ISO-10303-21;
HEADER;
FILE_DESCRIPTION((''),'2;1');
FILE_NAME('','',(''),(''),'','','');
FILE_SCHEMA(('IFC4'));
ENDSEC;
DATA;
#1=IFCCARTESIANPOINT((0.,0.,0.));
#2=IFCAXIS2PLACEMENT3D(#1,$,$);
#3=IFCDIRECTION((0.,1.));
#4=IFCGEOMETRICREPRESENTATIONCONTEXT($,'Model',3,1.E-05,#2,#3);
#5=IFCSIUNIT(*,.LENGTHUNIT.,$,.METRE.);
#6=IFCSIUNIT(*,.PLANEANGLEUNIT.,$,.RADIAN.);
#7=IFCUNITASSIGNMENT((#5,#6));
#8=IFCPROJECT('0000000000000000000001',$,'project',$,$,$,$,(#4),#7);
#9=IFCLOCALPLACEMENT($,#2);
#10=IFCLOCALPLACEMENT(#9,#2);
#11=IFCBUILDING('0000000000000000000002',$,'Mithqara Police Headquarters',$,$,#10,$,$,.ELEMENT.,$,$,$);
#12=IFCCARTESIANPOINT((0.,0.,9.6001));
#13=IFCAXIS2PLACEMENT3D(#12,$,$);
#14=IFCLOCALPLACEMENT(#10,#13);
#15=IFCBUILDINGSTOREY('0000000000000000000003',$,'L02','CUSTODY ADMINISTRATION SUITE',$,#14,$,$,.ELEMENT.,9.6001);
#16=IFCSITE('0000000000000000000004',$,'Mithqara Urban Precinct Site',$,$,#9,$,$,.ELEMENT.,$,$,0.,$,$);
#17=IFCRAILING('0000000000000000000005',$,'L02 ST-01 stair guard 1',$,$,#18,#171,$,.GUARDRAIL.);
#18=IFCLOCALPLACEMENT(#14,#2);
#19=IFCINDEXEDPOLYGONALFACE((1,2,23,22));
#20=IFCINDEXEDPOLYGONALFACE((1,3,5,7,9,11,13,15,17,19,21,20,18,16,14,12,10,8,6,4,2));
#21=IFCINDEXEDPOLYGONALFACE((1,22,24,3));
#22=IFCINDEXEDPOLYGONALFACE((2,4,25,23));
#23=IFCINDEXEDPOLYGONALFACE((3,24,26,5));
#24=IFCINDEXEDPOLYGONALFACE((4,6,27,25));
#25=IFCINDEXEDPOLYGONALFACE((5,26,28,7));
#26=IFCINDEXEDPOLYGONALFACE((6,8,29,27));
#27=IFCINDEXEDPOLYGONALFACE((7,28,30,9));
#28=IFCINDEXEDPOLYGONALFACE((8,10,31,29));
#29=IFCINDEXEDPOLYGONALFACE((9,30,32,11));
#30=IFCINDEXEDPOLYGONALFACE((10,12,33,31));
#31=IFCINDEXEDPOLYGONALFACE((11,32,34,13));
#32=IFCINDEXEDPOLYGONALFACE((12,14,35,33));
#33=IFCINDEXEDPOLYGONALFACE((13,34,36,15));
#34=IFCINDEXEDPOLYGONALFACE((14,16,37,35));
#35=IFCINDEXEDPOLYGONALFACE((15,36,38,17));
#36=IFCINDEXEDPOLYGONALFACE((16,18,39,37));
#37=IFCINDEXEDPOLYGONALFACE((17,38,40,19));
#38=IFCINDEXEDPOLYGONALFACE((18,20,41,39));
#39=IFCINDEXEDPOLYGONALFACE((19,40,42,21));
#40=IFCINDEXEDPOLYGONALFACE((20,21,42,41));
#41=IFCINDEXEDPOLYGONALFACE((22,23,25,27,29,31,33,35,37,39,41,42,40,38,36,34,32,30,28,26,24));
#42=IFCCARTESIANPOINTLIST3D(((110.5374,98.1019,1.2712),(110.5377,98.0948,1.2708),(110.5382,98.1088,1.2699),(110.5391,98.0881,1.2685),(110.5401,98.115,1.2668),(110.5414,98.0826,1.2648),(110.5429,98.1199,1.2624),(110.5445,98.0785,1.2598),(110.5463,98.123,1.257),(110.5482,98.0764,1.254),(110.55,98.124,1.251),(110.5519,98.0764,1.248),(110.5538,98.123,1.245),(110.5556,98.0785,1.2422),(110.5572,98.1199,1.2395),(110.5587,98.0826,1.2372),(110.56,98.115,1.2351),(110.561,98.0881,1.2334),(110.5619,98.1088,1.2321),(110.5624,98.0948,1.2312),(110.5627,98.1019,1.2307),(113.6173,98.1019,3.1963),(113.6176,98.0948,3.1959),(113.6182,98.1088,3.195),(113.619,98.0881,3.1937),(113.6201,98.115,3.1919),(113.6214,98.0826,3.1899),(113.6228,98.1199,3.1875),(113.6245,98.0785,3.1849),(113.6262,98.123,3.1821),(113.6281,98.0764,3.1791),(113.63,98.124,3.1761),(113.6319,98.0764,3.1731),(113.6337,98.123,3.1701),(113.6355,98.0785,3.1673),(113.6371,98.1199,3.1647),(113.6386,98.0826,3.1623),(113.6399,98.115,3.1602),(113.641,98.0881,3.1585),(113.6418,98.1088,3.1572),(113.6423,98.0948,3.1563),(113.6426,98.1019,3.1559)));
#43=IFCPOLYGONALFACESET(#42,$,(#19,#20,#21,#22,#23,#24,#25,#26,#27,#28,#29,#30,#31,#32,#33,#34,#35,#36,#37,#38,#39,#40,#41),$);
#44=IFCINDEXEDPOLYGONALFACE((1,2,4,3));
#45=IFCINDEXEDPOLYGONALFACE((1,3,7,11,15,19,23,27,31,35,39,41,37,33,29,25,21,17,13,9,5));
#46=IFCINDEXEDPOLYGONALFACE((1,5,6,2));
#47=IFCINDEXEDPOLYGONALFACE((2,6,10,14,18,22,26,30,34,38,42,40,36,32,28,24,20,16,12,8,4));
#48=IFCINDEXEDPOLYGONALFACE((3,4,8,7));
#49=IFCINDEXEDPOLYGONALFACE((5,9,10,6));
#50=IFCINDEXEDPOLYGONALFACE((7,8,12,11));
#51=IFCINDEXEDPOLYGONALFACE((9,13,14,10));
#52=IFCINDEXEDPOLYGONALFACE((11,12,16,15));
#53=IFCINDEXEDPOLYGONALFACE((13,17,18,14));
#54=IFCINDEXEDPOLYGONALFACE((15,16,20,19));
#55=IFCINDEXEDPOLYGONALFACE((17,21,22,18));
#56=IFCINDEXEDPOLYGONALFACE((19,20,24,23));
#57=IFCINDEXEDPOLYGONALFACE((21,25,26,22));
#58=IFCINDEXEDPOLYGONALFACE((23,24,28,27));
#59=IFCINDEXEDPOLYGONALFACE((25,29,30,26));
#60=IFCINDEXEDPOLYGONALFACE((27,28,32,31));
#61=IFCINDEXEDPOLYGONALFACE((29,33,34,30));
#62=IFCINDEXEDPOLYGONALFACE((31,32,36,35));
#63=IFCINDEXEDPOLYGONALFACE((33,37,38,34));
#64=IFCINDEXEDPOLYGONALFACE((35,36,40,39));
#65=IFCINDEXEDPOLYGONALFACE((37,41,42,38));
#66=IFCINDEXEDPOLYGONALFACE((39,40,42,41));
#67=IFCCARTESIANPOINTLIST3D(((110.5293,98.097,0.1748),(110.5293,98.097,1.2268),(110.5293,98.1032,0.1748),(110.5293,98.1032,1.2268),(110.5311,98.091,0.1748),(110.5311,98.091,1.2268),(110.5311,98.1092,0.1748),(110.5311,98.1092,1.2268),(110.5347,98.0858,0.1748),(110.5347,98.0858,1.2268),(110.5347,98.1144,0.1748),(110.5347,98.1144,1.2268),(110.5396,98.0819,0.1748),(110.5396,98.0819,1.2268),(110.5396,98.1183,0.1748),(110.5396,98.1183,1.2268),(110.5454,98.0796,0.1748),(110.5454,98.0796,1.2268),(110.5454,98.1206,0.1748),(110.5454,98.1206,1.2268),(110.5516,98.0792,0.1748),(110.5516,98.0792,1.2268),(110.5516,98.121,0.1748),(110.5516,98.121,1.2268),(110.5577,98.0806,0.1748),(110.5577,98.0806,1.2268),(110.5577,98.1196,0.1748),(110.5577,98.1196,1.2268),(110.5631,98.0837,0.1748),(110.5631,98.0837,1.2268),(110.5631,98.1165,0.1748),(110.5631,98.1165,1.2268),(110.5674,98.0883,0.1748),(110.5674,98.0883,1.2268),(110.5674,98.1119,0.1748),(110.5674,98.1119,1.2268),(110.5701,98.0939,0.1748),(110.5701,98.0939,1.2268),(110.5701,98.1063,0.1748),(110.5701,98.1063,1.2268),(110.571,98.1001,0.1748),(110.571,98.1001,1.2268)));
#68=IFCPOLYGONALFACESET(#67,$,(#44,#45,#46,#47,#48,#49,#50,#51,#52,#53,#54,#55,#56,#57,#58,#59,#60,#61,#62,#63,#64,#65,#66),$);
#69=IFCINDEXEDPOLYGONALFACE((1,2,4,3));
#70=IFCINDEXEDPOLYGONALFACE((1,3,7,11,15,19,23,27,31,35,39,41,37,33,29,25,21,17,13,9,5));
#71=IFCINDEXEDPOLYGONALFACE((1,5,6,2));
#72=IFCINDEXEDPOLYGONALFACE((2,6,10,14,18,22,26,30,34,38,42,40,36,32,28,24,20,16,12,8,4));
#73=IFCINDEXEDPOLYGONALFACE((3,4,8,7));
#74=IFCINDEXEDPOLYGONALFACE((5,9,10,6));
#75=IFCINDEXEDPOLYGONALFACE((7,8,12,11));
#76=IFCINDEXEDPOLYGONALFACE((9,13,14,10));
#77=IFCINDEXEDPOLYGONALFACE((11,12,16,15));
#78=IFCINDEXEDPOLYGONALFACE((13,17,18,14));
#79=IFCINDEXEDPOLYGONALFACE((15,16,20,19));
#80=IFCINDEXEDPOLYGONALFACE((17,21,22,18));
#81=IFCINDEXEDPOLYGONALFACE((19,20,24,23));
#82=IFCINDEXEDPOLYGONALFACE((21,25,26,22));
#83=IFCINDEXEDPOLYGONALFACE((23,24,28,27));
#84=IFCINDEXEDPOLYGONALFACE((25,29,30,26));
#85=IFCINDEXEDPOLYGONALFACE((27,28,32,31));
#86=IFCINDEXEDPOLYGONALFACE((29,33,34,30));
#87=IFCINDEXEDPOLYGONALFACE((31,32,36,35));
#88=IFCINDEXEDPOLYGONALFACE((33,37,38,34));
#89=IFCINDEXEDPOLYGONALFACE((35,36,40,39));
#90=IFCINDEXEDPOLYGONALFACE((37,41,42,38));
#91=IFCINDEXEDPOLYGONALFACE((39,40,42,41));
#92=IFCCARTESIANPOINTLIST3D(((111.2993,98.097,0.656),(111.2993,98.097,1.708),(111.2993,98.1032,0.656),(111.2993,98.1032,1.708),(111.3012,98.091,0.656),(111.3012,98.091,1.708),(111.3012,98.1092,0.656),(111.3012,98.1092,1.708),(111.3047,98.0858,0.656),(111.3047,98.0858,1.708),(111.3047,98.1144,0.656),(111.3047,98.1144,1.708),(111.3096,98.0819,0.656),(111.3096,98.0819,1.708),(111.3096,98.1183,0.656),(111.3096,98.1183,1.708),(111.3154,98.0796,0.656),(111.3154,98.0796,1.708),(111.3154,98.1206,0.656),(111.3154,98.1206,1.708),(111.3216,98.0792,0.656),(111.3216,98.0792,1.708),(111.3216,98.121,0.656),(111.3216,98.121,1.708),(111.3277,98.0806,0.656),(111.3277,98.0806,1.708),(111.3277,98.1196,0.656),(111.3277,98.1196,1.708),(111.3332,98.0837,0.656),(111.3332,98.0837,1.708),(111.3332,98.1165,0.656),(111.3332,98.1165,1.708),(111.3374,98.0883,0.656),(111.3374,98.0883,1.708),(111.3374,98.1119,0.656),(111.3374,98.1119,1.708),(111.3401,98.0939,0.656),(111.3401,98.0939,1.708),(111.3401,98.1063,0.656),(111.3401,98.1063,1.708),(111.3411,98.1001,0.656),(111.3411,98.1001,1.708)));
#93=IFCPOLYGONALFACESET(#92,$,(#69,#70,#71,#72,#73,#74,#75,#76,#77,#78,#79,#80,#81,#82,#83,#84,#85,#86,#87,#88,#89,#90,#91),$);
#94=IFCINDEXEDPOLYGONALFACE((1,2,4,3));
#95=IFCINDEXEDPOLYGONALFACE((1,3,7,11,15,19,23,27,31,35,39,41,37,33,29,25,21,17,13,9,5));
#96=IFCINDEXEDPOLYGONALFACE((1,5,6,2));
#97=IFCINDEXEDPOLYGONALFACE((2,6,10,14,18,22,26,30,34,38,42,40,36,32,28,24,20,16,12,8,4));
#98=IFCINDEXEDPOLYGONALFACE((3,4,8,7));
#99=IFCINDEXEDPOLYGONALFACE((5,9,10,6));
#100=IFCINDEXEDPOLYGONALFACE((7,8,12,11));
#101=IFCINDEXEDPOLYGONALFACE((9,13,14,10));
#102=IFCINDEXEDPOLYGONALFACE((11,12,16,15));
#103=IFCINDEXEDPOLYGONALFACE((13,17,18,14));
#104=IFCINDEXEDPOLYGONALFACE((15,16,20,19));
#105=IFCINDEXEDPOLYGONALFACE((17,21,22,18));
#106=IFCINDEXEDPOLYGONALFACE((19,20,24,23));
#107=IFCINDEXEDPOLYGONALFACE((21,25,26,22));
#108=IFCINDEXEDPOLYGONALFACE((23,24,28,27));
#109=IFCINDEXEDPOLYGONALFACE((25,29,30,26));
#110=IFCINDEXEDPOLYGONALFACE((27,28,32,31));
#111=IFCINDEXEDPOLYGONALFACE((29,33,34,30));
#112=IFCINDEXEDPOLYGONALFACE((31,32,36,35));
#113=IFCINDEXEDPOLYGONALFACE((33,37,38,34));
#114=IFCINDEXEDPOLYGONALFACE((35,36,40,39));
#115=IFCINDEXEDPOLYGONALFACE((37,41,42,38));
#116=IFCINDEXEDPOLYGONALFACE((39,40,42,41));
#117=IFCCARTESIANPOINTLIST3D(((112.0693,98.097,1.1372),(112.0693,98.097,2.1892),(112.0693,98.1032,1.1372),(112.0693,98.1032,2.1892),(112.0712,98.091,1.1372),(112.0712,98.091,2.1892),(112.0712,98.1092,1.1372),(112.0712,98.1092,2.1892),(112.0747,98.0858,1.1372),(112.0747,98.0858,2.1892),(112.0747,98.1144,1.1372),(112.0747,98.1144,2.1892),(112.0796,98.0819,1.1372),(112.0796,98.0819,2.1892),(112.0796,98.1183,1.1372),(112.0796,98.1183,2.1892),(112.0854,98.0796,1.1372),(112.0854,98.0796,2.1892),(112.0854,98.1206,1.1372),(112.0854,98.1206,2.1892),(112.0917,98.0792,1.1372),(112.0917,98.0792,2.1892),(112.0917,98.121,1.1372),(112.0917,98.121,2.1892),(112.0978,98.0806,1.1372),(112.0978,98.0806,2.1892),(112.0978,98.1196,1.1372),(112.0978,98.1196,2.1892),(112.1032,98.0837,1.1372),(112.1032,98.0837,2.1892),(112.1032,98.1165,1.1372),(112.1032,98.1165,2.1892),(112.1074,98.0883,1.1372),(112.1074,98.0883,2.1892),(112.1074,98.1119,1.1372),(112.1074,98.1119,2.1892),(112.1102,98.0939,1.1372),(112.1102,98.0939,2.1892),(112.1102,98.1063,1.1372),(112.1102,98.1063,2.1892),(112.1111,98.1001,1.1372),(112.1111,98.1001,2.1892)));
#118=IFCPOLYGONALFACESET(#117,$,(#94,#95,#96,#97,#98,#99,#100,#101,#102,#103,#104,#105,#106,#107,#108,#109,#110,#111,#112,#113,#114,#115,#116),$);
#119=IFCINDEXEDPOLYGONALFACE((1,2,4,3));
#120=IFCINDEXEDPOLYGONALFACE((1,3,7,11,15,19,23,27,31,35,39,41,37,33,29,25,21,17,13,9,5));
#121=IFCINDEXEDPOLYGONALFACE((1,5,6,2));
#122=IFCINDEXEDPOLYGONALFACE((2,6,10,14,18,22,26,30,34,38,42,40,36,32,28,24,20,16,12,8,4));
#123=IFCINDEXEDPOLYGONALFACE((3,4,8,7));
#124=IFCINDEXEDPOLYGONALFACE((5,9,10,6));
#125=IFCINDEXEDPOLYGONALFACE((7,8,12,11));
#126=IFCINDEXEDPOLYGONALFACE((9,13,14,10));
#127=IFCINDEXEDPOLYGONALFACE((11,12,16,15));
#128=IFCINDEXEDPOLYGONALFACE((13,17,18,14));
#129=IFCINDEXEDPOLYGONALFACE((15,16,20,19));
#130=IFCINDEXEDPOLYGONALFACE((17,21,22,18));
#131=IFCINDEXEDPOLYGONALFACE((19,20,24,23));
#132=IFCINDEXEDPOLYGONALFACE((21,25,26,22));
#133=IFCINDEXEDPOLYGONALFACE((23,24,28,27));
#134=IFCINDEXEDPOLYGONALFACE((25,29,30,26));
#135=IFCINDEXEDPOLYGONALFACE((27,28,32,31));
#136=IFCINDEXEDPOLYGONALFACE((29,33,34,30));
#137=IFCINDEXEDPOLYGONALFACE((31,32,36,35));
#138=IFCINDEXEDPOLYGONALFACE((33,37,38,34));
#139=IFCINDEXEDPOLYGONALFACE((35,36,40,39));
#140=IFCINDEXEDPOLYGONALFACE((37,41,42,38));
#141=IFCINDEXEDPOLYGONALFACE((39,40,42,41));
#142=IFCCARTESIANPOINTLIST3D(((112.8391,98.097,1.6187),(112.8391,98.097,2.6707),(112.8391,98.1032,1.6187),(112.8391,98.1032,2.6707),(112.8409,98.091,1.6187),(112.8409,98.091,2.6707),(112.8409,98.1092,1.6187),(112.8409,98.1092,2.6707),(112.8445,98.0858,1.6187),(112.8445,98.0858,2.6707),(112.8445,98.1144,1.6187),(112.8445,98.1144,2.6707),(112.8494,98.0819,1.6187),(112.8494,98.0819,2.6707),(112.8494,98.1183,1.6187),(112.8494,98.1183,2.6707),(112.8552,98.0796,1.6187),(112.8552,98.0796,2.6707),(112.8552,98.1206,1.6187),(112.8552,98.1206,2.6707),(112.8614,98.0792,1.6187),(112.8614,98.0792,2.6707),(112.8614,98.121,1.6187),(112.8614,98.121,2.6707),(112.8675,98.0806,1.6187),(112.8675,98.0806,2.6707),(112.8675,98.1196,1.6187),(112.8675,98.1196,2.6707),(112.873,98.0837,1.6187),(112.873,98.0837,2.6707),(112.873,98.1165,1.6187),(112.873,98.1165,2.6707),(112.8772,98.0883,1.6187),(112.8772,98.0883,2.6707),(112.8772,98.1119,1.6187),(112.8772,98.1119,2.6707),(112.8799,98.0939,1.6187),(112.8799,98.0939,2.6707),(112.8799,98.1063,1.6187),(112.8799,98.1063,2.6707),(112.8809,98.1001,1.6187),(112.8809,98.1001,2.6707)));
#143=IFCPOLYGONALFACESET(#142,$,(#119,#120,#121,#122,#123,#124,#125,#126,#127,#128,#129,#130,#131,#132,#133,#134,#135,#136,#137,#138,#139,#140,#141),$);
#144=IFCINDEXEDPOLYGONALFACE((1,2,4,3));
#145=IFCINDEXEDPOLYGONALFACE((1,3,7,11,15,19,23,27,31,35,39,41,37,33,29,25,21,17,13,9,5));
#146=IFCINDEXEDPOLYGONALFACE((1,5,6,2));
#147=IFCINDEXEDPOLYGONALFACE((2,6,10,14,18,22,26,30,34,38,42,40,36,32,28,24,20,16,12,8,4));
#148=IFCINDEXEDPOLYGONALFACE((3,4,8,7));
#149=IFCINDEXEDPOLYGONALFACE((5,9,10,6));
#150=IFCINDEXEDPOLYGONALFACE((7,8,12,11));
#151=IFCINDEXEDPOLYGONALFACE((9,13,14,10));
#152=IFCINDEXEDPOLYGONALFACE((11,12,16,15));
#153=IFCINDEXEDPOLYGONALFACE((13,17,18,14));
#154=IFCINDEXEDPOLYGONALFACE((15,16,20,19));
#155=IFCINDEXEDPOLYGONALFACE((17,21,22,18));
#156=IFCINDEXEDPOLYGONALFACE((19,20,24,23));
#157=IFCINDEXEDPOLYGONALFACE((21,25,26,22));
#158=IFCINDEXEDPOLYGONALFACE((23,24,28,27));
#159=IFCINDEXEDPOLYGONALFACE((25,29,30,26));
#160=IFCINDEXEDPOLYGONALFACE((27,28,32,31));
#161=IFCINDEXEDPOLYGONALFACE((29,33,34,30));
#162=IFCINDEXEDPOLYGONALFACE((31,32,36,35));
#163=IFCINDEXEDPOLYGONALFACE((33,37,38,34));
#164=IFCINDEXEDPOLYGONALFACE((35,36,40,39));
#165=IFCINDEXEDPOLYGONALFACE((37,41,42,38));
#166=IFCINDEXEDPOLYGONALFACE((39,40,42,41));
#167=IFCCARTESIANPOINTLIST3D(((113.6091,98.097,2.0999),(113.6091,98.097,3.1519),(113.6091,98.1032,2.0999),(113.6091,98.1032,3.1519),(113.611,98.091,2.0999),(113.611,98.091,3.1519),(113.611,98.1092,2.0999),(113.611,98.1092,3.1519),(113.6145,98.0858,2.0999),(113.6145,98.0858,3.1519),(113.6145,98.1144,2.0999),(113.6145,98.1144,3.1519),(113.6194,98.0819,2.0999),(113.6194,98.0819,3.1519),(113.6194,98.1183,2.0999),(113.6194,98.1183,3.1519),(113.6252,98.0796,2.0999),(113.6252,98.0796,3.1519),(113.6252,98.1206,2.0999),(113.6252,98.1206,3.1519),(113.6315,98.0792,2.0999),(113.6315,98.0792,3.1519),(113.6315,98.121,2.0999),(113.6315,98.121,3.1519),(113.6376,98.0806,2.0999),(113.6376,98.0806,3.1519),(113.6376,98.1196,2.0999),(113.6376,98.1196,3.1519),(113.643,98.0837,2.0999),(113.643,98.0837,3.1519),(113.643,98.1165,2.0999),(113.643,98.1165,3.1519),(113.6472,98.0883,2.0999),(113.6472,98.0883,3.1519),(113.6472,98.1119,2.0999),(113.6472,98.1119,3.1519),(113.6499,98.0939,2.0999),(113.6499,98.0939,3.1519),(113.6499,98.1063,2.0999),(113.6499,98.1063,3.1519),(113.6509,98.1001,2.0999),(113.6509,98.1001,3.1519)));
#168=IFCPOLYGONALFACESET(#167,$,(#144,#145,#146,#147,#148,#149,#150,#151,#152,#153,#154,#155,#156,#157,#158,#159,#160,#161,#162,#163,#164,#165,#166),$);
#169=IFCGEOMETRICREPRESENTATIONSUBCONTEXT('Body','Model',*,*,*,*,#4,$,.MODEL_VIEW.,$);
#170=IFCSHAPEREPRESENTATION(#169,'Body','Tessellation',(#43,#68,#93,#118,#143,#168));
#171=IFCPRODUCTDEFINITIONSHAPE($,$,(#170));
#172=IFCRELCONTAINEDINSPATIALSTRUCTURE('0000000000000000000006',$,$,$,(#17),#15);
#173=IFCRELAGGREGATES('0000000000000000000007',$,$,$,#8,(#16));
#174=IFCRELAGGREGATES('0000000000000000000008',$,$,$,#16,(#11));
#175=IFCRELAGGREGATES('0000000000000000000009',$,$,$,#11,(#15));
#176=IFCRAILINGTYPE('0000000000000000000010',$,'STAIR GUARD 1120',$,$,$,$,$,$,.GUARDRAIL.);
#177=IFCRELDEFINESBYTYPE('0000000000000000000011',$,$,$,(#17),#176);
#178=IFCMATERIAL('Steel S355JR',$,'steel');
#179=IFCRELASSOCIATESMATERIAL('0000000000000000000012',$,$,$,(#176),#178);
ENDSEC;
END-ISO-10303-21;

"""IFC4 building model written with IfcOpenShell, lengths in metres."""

from ifc_helpers import new_model, si_unit, direction, frame, origin, origin_2d, place, context, subcontext, project, spatial, circle, extrude, material, type_object, element, save


model = new_model("IFC4")

# Units and contexts
model_context = context("Model", 3, precision=1e-05, world=origin(), true_north=direction((0.0, 1.0)))
body_context = subcontext(model_context, "Body", "Model", "MODEL_VIEW")
ifc_project = project(units=[si_unit("LENGTHUNIT", "METRE"), si_unit("PLANEANGLEUNIT", "RADIAN")], contexts=[model_context])

# Site, building, storey
site_placement = place(None, origin())
site = spatial("IfcSite", under=ifc_project, at=site_placement, Name="Mithqara Urban Precinct Site", CompositionType="ELEMENT", RefElevation=0.0)
building_placement = place(site_placement, origin())
building = spatial("IfcBuilding", under=site, at=building_placement, Name="Mithqara Police Headquarters", CompositionType="ELEMENT")
storey_placement = place(building_placement, frame((0.0, 0.0, 9.6001)))
storey = spatial("IfcBuildingStorey", under=building, at=storey_placement, Name="L02", Description="CUSTODY ADMINISTRATION SUITE", CompositionType="ELEMENT", Elevation=9.6001)

# Shared definitions
ifc_material_1 = material(Name="Steel S355JR", Category="steel")

# Railing
railing_type_1 = type_object("IfcRailingType", Name="STAIR GUARD 1120", PredefinedType="GUARDRAIL", material=ifc_material_1)
railing_1_placement = place(storey_placement, frame((110.55, 98.1001, 0.1748)))
element("IfcRailing", 1, at=railing_1_placement, inside=storey, type_object=railing_type_1, Name="L02 ST-01 stair guard 1", PredefinedType="GUARDRAIL", context=body_context, shape_type="SweptSolid", body=[
    extrude(circle(Radius=0.0239, at=origin_2d()), frame((0.0, 0.0, 1.0762), z_axis=(0.847979, 0.0, 0.530029), x_axis=(0.0, 1.0, 0.0)), (0.0, 0.0, 1.0), 3.6321),
    extrude(circle(Radius=0.021, at=origin_2d()), origin(), (0.0, 0.0, 1.0), 1.052),
    extrude(circle(Radius=0.021, at=origin_2d()), frame((0.77, 0.0, 0.4812)), (0.0, 0.0, 1.0), 1.052),
    extrude(circle(Radius=0.021, at=origin_2d()), frame((1.54, 0.0, 0.9624)), (0.0, 0.0, 1.0), 1.052),
    extrude(circle(Radius=0.021, at=origin_2d()), frame((2.3098, 0.0, 1.4438)), (0.0, 0.0, 1.0), 1.052),
    extrude(circle(Radius=0.021, at=origin_2d()), frame((3.0798, 0.0, 1.925)), (0.0, 0.0, 1.0), 1.052),
])

save(model, "model.ifc")
